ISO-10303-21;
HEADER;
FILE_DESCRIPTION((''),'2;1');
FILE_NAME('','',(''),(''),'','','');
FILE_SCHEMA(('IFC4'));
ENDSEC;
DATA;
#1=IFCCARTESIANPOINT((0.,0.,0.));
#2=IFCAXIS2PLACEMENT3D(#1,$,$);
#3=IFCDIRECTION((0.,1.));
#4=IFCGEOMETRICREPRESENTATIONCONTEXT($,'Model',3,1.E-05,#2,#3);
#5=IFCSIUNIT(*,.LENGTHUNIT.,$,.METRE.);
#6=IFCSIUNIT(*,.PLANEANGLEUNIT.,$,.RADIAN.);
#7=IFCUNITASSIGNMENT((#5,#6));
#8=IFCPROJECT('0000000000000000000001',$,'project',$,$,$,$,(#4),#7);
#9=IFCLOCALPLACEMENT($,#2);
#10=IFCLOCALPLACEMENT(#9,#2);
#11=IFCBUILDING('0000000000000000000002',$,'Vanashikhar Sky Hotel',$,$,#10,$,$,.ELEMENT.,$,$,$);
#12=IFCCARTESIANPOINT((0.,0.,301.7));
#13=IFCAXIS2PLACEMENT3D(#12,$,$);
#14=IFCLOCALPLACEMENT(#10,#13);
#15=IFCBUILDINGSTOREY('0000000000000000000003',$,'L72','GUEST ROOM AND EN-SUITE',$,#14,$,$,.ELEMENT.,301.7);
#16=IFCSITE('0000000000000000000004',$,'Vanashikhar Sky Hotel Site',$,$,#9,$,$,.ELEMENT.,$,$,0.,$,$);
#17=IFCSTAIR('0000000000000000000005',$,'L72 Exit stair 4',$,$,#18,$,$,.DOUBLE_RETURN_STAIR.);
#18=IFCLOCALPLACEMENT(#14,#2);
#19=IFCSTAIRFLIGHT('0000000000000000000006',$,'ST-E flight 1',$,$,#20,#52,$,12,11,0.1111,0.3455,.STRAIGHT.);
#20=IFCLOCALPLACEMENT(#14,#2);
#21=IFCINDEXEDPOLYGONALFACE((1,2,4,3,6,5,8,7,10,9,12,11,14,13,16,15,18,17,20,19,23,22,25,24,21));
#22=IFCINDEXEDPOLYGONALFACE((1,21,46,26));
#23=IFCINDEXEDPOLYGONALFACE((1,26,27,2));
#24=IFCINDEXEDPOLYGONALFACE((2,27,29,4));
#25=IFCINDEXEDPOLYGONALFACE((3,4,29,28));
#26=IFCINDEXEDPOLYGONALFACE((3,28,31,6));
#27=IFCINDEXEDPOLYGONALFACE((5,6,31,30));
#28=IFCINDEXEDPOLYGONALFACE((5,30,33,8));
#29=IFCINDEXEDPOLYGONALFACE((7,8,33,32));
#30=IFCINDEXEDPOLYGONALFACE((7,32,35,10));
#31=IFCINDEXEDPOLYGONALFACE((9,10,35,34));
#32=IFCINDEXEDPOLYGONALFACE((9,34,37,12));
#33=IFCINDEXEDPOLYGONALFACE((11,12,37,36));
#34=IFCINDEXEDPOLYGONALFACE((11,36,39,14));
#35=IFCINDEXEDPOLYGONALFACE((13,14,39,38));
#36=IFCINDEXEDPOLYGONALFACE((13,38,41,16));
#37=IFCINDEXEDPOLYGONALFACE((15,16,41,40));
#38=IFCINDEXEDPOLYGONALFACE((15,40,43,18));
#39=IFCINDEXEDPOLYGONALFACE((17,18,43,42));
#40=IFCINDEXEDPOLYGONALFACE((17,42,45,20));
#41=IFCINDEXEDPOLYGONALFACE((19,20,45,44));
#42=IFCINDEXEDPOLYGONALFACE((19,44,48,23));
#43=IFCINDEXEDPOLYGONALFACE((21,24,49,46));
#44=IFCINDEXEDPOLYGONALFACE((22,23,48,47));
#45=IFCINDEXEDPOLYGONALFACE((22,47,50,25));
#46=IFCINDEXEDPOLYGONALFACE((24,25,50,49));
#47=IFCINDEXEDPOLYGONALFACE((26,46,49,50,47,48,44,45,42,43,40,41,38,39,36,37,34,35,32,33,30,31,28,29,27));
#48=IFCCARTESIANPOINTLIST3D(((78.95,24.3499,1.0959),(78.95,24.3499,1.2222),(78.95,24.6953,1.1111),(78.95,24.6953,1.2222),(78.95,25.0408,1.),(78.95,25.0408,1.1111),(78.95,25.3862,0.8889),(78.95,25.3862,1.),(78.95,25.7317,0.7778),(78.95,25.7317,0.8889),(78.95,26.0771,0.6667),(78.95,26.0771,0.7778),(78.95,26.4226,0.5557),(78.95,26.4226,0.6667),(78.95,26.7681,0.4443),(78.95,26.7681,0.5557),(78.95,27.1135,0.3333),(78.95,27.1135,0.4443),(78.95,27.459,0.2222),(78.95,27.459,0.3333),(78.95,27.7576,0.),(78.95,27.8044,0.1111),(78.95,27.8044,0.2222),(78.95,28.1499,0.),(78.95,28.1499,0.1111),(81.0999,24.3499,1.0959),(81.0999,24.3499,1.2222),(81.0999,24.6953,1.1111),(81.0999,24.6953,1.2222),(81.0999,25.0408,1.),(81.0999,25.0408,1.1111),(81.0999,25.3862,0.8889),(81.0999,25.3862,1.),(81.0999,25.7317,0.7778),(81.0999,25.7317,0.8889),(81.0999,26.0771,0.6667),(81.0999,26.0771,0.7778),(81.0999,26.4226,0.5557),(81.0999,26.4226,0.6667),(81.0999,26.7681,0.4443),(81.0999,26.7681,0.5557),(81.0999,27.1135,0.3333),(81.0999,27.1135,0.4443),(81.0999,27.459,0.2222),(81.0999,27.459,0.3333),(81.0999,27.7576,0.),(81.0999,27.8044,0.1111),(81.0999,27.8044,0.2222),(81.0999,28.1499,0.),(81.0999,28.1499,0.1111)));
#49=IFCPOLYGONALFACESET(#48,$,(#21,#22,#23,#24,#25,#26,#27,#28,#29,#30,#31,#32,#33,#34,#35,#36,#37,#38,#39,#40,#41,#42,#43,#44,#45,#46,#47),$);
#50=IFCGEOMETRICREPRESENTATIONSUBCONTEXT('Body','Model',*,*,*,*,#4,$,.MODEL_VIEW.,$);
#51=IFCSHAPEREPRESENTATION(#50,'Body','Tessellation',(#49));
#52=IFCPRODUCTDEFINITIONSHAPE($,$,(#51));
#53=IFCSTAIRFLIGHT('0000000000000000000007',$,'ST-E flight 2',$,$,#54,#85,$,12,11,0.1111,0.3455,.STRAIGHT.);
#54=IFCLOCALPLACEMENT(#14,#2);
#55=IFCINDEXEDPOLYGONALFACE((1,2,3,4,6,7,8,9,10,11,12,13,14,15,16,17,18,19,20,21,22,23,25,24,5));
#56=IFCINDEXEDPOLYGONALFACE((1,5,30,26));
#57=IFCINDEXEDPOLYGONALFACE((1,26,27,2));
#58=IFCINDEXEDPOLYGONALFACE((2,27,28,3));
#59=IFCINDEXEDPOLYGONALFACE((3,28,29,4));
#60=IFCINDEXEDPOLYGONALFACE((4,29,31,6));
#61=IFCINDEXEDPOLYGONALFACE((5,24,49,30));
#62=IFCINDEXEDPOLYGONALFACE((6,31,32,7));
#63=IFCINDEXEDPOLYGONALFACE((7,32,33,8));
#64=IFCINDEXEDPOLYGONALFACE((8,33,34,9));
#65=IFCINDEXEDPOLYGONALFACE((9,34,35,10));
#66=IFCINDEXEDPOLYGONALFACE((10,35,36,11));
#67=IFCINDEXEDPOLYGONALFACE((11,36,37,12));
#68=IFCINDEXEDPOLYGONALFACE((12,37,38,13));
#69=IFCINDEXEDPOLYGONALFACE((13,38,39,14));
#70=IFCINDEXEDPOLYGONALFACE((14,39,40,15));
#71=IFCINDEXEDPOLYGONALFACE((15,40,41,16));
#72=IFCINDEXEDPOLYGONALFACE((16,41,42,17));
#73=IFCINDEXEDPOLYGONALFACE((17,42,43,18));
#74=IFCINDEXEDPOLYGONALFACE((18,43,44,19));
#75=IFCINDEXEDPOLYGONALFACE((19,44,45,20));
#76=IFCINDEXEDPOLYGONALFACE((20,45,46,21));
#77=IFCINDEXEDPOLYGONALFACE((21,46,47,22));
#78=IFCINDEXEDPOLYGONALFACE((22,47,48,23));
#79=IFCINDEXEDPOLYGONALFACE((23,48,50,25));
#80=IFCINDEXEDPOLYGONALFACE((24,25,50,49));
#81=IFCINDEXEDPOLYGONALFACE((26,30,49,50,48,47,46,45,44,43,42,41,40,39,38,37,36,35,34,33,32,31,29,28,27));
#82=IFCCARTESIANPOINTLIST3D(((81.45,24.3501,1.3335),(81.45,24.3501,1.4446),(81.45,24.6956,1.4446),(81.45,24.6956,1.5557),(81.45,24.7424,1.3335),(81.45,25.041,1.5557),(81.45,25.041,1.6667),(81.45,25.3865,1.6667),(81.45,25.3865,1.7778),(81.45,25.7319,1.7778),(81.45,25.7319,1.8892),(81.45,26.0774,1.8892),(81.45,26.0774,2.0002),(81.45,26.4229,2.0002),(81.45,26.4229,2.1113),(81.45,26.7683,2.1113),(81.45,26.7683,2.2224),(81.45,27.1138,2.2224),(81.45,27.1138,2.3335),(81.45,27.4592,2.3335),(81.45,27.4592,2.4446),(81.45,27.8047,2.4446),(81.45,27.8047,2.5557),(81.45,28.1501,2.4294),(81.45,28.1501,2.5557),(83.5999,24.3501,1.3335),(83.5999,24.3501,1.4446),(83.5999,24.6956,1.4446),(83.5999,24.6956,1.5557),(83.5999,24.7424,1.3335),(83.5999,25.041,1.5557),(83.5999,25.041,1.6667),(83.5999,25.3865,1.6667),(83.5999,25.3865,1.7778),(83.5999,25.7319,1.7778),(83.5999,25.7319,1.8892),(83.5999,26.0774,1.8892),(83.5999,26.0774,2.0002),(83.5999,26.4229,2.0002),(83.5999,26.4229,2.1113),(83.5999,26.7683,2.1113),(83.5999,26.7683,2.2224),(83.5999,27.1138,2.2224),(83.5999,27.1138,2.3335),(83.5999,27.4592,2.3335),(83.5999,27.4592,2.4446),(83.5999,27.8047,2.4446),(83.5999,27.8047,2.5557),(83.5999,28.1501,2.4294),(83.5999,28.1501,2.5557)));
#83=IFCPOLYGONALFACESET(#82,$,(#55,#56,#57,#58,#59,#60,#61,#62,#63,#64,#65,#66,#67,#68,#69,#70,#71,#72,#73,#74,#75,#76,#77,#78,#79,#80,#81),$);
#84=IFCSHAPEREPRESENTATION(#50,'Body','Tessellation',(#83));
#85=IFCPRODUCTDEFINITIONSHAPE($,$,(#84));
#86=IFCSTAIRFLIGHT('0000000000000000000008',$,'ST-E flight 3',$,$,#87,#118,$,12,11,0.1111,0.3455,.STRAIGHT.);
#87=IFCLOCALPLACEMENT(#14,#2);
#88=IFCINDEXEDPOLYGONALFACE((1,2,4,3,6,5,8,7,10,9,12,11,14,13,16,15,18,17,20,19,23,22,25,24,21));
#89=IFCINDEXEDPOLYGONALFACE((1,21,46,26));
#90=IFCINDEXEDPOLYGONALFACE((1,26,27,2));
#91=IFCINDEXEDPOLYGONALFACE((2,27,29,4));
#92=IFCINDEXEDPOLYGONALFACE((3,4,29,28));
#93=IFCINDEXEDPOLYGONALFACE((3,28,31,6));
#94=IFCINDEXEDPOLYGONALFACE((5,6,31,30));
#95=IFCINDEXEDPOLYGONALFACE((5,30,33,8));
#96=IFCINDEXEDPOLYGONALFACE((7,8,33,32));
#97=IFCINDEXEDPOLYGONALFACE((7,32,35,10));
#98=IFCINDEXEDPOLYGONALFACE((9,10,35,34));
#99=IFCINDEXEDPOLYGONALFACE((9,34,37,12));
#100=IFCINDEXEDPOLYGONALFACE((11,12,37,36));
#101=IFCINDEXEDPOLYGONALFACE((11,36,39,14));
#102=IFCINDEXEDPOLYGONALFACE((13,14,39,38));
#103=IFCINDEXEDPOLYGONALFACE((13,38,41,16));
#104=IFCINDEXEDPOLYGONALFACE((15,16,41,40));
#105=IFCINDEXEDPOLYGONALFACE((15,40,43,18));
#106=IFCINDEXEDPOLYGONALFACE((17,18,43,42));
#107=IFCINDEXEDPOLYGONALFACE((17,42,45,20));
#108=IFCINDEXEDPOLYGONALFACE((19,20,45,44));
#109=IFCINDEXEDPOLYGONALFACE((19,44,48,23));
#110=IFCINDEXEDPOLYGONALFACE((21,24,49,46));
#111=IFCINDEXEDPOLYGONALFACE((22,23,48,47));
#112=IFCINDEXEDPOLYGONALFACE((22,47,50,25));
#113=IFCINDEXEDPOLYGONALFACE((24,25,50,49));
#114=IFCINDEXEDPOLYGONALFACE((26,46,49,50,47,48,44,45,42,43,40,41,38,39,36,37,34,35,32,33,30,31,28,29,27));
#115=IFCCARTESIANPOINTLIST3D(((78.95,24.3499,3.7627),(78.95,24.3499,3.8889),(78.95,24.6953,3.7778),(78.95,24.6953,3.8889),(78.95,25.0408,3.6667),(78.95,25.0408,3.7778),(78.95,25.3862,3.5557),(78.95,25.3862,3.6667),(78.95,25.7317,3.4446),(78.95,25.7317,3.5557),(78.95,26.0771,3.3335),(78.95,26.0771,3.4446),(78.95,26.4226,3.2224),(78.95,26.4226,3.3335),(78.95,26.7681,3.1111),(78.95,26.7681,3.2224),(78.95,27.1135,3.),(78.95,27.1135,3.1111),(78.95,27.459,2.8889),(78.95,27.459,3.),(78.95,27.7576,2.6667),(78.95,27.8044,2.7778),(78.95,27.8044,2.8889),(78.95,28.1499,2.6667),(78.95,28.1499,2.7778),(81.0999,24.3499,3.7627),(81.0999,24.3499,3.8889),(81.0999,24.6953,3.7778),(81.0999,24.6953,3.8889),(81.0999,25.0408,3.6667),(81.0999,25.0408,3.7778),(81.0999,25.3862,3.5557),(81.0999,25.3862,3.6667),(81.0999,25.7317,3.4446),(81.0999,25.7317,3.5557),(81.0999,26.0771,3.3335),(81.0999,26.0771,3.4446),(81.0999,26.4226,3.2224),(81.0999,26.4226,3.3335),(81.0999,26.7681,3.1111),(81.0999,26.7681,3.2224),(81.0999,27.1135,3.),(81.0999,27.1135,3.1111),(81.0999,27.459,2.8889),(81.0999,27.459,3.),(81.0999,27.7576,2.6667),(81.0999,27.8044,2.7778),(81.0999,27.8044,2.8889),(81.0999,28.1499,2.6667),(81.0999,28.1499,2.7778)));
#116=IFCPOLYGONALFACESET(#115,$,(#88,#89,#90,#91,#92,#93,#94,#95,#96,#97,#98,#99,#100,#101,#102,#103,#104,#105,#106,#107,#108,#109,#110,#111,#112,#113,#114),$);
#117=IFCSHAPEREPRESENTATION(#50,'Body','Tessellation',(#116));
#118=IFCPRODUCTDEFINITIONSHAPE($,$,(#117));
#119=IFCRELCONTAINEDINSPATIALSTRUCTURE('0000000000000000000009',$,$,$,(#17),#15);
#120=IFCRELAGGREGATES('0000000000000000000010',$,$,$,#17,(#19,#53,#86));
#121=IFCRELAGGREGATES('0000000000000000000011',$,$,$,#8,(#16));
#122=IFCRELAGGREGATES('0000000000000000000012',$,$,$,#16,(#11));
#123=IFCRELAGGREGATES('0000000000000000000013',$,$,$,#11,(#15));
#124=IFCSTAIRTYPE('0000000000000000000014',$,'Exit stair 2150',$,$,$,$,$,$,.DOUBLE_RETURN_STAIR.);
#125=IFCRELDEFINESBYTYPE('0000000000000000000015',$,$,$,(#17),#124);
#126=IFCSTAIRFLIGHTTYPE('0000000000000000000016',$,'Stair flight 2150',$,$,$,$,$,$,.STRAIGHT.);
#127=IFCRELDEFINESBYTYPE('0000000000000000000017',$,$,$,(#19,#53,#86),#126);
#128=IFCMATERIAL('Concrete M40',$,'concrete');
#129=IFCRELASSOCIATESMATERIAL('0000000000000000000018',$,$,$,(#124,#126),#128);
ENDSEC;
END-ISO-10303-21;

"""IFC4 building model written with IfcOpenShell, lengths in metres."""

from ifc_helpers import new_model, si_unit, direction, frame, origin, place, context, subcontext, project, spatial, polyline, outline, extrude, source, transform, mapped, material, type_object, element, aggregate, save


model = new_model("IFC4")

# Units and contexts
model_context = context("Model", 3, precision=1e-05, world=origin(), true_north=direction((0.0, 1.0)))
body_context = subcontext(model_context, "Body", "Model", "MODEL_VIEW")
ifc_project = project(units=[si_unit("LENGTHUNIT", "METRE"), si_unit("PLANEANGLEUNIT", "RADIAN")], contexts=[model_context])

# Site, building, storey
site_placement = place(None, origin())
site = spatial("IfcSite", under=ifc_project, at=site_placement, Name="Vanashikhar Sky Hotel Site", CompositionType="ELEMENT", RefElevation=0.0)
building_placement = place(site_placement, origin())
building = spatial("IfcBuilding", under=site, at=building_placement, Name="Vanashikhar Sky Hotel", CompositionType="ELEMENT")
storey_placement = place(building_placement, frame((0.0, 0.0, 301.7)))
storey = spatial("IfcBuildingStorey", under=building, at=storey_placement, Name="L72", Description="GUEST ROOM AND EN-SUITE", CompositionType="ELEMENT", Elevation=301.7)

# Shared definitions
ifc_material_1 = material(Name="Concrete M40", Category="concrete")
stair_type = type_object("IfcStairType", Name="Exit stair 2150", PredefinedType="DOUBLE_RETURN_STAIR", material=ifc_material_1)
stair_flight_type = type_object("IfcStairFlightType", Name="Stair flight 2150", PredefinedType="STRAIGHT", material=ifc_material_1)
shared_shape_1 = source(origin(), body_context, "Body", "SweptSolid", [
    extrude(outline(polyline([(0.0, 0.0), (0.0, 0.1111), (0.3455, 0.1111), (0.3455, 0.2222), (0.6909, 0.2222), (0.6909, 0.3333), (1.0364, 0.3333), (1.0364, 0.4443), (1.3818, 0.4443), (1.3818, 0.5557), (1.7273, 0.5557), (1.7273, 0.6667), (2.0728, 0.6667), (2.0728, 0.7778), (2.4182, 0.7778), (2.4182, 0.8889), (2.7637, 0.8889), (2.7637, 1.0), (3.1091, 1.0), (3.1091, 1.1111), (3.4546, 1.1111), (3.4546, 1.2222), (3.8, 1.2222), (3.8, 1.3333), (3.8, 1.0959), (0.3923, 0.0), (0.0, 0.0)])), frame((0.0, 1.075, 0.0), z_axis=(0.0, -1.0, 0.0), x_axis=(1.0, 0.0, 0.0)), (0.0, 0.0, 1.0), 2.1499),
])

# Stair, stair flights
stair_1_placement = place(storey_placement, origin())
stair_1 = element("IfcStair", 1, at=stair_1_placement, inside=storey, type_object=stair_type, Name="L72 Exit stair 4", PredefinedType="DOUBLE_RETURN_STAIR")
stair_flight_1_placement = place(storey_placement, frame((80.0249, 28.1499, 0.0), z_axis=(0.0, 0.0, 1.0), x_axis=(0.0, -1.0, 0.0)))
stair_flight_1 = element("IfcStairFlight", 2, at=stair_flight_1_placement, type_object=stair_flight_type, Name="ST-E flight 1", NumberOfRisers=12, NumberOfTreads=11, PredefinedType="STRAIGHT", RiserHeight=0.1111, TreadLength=0.3455, context=body_context, shape_type="MappedRepresentation", body=[
    mapped(shared_shape_1, transform((0.0, 0.0, 0.0), scale=1.0)),
])
stair_flight_2_placement = place(storey_placement, frame((82.5249, 24.3501, 1.3335), z_axis=(0.0, 0.0, 1.0), x_axis=(0.0, 1.0, 0.0)))
stair_flight_2 = element("IfcStairFlight", 3, at=stair_flight_2_placement, type_object=stair_flight_type, Name="ST-E flight 2", NumberOfRisers=12, NumberOfTreads=11, PredefinedType="STRAIGHT", RiserHeight=0.1111, TreadLength=0.3455, context=body_context, shape_type="MappedRepresentation", body=[
    mapped(shared_shape_1, transform((0.0, 0.0, 0.0), scale=1.0)),
])
stair_flight_3_placement = place(storey_placement, frame((80.0249, 28.1499, 2.6667), z_axis=(0.0, 0.0, 1.0), x_axis=(0.0, -1.0, 0.0)))
stair_flight_3 = element("IfcStairFlight", 4, at=stair_flight_3_placement, type_object=stair_flight_type, Name="ST-E flight 3", NumberOfRisers=12, NumberOfTreads=11, PredefinedType="STRAIGHT", RiserHeight=0.1111, TreadLength=0.3455, context=body_context, shape_type="MappedRepresentation", body=[
    mapped(shared_shape_1, transform((0.0, 0.0, 0.0), scale=1.0)),
])
aggregate(stair_1, [stair_flight_1, stair_flight_2, stair_flight_3])

save(model, "model.ifc")
